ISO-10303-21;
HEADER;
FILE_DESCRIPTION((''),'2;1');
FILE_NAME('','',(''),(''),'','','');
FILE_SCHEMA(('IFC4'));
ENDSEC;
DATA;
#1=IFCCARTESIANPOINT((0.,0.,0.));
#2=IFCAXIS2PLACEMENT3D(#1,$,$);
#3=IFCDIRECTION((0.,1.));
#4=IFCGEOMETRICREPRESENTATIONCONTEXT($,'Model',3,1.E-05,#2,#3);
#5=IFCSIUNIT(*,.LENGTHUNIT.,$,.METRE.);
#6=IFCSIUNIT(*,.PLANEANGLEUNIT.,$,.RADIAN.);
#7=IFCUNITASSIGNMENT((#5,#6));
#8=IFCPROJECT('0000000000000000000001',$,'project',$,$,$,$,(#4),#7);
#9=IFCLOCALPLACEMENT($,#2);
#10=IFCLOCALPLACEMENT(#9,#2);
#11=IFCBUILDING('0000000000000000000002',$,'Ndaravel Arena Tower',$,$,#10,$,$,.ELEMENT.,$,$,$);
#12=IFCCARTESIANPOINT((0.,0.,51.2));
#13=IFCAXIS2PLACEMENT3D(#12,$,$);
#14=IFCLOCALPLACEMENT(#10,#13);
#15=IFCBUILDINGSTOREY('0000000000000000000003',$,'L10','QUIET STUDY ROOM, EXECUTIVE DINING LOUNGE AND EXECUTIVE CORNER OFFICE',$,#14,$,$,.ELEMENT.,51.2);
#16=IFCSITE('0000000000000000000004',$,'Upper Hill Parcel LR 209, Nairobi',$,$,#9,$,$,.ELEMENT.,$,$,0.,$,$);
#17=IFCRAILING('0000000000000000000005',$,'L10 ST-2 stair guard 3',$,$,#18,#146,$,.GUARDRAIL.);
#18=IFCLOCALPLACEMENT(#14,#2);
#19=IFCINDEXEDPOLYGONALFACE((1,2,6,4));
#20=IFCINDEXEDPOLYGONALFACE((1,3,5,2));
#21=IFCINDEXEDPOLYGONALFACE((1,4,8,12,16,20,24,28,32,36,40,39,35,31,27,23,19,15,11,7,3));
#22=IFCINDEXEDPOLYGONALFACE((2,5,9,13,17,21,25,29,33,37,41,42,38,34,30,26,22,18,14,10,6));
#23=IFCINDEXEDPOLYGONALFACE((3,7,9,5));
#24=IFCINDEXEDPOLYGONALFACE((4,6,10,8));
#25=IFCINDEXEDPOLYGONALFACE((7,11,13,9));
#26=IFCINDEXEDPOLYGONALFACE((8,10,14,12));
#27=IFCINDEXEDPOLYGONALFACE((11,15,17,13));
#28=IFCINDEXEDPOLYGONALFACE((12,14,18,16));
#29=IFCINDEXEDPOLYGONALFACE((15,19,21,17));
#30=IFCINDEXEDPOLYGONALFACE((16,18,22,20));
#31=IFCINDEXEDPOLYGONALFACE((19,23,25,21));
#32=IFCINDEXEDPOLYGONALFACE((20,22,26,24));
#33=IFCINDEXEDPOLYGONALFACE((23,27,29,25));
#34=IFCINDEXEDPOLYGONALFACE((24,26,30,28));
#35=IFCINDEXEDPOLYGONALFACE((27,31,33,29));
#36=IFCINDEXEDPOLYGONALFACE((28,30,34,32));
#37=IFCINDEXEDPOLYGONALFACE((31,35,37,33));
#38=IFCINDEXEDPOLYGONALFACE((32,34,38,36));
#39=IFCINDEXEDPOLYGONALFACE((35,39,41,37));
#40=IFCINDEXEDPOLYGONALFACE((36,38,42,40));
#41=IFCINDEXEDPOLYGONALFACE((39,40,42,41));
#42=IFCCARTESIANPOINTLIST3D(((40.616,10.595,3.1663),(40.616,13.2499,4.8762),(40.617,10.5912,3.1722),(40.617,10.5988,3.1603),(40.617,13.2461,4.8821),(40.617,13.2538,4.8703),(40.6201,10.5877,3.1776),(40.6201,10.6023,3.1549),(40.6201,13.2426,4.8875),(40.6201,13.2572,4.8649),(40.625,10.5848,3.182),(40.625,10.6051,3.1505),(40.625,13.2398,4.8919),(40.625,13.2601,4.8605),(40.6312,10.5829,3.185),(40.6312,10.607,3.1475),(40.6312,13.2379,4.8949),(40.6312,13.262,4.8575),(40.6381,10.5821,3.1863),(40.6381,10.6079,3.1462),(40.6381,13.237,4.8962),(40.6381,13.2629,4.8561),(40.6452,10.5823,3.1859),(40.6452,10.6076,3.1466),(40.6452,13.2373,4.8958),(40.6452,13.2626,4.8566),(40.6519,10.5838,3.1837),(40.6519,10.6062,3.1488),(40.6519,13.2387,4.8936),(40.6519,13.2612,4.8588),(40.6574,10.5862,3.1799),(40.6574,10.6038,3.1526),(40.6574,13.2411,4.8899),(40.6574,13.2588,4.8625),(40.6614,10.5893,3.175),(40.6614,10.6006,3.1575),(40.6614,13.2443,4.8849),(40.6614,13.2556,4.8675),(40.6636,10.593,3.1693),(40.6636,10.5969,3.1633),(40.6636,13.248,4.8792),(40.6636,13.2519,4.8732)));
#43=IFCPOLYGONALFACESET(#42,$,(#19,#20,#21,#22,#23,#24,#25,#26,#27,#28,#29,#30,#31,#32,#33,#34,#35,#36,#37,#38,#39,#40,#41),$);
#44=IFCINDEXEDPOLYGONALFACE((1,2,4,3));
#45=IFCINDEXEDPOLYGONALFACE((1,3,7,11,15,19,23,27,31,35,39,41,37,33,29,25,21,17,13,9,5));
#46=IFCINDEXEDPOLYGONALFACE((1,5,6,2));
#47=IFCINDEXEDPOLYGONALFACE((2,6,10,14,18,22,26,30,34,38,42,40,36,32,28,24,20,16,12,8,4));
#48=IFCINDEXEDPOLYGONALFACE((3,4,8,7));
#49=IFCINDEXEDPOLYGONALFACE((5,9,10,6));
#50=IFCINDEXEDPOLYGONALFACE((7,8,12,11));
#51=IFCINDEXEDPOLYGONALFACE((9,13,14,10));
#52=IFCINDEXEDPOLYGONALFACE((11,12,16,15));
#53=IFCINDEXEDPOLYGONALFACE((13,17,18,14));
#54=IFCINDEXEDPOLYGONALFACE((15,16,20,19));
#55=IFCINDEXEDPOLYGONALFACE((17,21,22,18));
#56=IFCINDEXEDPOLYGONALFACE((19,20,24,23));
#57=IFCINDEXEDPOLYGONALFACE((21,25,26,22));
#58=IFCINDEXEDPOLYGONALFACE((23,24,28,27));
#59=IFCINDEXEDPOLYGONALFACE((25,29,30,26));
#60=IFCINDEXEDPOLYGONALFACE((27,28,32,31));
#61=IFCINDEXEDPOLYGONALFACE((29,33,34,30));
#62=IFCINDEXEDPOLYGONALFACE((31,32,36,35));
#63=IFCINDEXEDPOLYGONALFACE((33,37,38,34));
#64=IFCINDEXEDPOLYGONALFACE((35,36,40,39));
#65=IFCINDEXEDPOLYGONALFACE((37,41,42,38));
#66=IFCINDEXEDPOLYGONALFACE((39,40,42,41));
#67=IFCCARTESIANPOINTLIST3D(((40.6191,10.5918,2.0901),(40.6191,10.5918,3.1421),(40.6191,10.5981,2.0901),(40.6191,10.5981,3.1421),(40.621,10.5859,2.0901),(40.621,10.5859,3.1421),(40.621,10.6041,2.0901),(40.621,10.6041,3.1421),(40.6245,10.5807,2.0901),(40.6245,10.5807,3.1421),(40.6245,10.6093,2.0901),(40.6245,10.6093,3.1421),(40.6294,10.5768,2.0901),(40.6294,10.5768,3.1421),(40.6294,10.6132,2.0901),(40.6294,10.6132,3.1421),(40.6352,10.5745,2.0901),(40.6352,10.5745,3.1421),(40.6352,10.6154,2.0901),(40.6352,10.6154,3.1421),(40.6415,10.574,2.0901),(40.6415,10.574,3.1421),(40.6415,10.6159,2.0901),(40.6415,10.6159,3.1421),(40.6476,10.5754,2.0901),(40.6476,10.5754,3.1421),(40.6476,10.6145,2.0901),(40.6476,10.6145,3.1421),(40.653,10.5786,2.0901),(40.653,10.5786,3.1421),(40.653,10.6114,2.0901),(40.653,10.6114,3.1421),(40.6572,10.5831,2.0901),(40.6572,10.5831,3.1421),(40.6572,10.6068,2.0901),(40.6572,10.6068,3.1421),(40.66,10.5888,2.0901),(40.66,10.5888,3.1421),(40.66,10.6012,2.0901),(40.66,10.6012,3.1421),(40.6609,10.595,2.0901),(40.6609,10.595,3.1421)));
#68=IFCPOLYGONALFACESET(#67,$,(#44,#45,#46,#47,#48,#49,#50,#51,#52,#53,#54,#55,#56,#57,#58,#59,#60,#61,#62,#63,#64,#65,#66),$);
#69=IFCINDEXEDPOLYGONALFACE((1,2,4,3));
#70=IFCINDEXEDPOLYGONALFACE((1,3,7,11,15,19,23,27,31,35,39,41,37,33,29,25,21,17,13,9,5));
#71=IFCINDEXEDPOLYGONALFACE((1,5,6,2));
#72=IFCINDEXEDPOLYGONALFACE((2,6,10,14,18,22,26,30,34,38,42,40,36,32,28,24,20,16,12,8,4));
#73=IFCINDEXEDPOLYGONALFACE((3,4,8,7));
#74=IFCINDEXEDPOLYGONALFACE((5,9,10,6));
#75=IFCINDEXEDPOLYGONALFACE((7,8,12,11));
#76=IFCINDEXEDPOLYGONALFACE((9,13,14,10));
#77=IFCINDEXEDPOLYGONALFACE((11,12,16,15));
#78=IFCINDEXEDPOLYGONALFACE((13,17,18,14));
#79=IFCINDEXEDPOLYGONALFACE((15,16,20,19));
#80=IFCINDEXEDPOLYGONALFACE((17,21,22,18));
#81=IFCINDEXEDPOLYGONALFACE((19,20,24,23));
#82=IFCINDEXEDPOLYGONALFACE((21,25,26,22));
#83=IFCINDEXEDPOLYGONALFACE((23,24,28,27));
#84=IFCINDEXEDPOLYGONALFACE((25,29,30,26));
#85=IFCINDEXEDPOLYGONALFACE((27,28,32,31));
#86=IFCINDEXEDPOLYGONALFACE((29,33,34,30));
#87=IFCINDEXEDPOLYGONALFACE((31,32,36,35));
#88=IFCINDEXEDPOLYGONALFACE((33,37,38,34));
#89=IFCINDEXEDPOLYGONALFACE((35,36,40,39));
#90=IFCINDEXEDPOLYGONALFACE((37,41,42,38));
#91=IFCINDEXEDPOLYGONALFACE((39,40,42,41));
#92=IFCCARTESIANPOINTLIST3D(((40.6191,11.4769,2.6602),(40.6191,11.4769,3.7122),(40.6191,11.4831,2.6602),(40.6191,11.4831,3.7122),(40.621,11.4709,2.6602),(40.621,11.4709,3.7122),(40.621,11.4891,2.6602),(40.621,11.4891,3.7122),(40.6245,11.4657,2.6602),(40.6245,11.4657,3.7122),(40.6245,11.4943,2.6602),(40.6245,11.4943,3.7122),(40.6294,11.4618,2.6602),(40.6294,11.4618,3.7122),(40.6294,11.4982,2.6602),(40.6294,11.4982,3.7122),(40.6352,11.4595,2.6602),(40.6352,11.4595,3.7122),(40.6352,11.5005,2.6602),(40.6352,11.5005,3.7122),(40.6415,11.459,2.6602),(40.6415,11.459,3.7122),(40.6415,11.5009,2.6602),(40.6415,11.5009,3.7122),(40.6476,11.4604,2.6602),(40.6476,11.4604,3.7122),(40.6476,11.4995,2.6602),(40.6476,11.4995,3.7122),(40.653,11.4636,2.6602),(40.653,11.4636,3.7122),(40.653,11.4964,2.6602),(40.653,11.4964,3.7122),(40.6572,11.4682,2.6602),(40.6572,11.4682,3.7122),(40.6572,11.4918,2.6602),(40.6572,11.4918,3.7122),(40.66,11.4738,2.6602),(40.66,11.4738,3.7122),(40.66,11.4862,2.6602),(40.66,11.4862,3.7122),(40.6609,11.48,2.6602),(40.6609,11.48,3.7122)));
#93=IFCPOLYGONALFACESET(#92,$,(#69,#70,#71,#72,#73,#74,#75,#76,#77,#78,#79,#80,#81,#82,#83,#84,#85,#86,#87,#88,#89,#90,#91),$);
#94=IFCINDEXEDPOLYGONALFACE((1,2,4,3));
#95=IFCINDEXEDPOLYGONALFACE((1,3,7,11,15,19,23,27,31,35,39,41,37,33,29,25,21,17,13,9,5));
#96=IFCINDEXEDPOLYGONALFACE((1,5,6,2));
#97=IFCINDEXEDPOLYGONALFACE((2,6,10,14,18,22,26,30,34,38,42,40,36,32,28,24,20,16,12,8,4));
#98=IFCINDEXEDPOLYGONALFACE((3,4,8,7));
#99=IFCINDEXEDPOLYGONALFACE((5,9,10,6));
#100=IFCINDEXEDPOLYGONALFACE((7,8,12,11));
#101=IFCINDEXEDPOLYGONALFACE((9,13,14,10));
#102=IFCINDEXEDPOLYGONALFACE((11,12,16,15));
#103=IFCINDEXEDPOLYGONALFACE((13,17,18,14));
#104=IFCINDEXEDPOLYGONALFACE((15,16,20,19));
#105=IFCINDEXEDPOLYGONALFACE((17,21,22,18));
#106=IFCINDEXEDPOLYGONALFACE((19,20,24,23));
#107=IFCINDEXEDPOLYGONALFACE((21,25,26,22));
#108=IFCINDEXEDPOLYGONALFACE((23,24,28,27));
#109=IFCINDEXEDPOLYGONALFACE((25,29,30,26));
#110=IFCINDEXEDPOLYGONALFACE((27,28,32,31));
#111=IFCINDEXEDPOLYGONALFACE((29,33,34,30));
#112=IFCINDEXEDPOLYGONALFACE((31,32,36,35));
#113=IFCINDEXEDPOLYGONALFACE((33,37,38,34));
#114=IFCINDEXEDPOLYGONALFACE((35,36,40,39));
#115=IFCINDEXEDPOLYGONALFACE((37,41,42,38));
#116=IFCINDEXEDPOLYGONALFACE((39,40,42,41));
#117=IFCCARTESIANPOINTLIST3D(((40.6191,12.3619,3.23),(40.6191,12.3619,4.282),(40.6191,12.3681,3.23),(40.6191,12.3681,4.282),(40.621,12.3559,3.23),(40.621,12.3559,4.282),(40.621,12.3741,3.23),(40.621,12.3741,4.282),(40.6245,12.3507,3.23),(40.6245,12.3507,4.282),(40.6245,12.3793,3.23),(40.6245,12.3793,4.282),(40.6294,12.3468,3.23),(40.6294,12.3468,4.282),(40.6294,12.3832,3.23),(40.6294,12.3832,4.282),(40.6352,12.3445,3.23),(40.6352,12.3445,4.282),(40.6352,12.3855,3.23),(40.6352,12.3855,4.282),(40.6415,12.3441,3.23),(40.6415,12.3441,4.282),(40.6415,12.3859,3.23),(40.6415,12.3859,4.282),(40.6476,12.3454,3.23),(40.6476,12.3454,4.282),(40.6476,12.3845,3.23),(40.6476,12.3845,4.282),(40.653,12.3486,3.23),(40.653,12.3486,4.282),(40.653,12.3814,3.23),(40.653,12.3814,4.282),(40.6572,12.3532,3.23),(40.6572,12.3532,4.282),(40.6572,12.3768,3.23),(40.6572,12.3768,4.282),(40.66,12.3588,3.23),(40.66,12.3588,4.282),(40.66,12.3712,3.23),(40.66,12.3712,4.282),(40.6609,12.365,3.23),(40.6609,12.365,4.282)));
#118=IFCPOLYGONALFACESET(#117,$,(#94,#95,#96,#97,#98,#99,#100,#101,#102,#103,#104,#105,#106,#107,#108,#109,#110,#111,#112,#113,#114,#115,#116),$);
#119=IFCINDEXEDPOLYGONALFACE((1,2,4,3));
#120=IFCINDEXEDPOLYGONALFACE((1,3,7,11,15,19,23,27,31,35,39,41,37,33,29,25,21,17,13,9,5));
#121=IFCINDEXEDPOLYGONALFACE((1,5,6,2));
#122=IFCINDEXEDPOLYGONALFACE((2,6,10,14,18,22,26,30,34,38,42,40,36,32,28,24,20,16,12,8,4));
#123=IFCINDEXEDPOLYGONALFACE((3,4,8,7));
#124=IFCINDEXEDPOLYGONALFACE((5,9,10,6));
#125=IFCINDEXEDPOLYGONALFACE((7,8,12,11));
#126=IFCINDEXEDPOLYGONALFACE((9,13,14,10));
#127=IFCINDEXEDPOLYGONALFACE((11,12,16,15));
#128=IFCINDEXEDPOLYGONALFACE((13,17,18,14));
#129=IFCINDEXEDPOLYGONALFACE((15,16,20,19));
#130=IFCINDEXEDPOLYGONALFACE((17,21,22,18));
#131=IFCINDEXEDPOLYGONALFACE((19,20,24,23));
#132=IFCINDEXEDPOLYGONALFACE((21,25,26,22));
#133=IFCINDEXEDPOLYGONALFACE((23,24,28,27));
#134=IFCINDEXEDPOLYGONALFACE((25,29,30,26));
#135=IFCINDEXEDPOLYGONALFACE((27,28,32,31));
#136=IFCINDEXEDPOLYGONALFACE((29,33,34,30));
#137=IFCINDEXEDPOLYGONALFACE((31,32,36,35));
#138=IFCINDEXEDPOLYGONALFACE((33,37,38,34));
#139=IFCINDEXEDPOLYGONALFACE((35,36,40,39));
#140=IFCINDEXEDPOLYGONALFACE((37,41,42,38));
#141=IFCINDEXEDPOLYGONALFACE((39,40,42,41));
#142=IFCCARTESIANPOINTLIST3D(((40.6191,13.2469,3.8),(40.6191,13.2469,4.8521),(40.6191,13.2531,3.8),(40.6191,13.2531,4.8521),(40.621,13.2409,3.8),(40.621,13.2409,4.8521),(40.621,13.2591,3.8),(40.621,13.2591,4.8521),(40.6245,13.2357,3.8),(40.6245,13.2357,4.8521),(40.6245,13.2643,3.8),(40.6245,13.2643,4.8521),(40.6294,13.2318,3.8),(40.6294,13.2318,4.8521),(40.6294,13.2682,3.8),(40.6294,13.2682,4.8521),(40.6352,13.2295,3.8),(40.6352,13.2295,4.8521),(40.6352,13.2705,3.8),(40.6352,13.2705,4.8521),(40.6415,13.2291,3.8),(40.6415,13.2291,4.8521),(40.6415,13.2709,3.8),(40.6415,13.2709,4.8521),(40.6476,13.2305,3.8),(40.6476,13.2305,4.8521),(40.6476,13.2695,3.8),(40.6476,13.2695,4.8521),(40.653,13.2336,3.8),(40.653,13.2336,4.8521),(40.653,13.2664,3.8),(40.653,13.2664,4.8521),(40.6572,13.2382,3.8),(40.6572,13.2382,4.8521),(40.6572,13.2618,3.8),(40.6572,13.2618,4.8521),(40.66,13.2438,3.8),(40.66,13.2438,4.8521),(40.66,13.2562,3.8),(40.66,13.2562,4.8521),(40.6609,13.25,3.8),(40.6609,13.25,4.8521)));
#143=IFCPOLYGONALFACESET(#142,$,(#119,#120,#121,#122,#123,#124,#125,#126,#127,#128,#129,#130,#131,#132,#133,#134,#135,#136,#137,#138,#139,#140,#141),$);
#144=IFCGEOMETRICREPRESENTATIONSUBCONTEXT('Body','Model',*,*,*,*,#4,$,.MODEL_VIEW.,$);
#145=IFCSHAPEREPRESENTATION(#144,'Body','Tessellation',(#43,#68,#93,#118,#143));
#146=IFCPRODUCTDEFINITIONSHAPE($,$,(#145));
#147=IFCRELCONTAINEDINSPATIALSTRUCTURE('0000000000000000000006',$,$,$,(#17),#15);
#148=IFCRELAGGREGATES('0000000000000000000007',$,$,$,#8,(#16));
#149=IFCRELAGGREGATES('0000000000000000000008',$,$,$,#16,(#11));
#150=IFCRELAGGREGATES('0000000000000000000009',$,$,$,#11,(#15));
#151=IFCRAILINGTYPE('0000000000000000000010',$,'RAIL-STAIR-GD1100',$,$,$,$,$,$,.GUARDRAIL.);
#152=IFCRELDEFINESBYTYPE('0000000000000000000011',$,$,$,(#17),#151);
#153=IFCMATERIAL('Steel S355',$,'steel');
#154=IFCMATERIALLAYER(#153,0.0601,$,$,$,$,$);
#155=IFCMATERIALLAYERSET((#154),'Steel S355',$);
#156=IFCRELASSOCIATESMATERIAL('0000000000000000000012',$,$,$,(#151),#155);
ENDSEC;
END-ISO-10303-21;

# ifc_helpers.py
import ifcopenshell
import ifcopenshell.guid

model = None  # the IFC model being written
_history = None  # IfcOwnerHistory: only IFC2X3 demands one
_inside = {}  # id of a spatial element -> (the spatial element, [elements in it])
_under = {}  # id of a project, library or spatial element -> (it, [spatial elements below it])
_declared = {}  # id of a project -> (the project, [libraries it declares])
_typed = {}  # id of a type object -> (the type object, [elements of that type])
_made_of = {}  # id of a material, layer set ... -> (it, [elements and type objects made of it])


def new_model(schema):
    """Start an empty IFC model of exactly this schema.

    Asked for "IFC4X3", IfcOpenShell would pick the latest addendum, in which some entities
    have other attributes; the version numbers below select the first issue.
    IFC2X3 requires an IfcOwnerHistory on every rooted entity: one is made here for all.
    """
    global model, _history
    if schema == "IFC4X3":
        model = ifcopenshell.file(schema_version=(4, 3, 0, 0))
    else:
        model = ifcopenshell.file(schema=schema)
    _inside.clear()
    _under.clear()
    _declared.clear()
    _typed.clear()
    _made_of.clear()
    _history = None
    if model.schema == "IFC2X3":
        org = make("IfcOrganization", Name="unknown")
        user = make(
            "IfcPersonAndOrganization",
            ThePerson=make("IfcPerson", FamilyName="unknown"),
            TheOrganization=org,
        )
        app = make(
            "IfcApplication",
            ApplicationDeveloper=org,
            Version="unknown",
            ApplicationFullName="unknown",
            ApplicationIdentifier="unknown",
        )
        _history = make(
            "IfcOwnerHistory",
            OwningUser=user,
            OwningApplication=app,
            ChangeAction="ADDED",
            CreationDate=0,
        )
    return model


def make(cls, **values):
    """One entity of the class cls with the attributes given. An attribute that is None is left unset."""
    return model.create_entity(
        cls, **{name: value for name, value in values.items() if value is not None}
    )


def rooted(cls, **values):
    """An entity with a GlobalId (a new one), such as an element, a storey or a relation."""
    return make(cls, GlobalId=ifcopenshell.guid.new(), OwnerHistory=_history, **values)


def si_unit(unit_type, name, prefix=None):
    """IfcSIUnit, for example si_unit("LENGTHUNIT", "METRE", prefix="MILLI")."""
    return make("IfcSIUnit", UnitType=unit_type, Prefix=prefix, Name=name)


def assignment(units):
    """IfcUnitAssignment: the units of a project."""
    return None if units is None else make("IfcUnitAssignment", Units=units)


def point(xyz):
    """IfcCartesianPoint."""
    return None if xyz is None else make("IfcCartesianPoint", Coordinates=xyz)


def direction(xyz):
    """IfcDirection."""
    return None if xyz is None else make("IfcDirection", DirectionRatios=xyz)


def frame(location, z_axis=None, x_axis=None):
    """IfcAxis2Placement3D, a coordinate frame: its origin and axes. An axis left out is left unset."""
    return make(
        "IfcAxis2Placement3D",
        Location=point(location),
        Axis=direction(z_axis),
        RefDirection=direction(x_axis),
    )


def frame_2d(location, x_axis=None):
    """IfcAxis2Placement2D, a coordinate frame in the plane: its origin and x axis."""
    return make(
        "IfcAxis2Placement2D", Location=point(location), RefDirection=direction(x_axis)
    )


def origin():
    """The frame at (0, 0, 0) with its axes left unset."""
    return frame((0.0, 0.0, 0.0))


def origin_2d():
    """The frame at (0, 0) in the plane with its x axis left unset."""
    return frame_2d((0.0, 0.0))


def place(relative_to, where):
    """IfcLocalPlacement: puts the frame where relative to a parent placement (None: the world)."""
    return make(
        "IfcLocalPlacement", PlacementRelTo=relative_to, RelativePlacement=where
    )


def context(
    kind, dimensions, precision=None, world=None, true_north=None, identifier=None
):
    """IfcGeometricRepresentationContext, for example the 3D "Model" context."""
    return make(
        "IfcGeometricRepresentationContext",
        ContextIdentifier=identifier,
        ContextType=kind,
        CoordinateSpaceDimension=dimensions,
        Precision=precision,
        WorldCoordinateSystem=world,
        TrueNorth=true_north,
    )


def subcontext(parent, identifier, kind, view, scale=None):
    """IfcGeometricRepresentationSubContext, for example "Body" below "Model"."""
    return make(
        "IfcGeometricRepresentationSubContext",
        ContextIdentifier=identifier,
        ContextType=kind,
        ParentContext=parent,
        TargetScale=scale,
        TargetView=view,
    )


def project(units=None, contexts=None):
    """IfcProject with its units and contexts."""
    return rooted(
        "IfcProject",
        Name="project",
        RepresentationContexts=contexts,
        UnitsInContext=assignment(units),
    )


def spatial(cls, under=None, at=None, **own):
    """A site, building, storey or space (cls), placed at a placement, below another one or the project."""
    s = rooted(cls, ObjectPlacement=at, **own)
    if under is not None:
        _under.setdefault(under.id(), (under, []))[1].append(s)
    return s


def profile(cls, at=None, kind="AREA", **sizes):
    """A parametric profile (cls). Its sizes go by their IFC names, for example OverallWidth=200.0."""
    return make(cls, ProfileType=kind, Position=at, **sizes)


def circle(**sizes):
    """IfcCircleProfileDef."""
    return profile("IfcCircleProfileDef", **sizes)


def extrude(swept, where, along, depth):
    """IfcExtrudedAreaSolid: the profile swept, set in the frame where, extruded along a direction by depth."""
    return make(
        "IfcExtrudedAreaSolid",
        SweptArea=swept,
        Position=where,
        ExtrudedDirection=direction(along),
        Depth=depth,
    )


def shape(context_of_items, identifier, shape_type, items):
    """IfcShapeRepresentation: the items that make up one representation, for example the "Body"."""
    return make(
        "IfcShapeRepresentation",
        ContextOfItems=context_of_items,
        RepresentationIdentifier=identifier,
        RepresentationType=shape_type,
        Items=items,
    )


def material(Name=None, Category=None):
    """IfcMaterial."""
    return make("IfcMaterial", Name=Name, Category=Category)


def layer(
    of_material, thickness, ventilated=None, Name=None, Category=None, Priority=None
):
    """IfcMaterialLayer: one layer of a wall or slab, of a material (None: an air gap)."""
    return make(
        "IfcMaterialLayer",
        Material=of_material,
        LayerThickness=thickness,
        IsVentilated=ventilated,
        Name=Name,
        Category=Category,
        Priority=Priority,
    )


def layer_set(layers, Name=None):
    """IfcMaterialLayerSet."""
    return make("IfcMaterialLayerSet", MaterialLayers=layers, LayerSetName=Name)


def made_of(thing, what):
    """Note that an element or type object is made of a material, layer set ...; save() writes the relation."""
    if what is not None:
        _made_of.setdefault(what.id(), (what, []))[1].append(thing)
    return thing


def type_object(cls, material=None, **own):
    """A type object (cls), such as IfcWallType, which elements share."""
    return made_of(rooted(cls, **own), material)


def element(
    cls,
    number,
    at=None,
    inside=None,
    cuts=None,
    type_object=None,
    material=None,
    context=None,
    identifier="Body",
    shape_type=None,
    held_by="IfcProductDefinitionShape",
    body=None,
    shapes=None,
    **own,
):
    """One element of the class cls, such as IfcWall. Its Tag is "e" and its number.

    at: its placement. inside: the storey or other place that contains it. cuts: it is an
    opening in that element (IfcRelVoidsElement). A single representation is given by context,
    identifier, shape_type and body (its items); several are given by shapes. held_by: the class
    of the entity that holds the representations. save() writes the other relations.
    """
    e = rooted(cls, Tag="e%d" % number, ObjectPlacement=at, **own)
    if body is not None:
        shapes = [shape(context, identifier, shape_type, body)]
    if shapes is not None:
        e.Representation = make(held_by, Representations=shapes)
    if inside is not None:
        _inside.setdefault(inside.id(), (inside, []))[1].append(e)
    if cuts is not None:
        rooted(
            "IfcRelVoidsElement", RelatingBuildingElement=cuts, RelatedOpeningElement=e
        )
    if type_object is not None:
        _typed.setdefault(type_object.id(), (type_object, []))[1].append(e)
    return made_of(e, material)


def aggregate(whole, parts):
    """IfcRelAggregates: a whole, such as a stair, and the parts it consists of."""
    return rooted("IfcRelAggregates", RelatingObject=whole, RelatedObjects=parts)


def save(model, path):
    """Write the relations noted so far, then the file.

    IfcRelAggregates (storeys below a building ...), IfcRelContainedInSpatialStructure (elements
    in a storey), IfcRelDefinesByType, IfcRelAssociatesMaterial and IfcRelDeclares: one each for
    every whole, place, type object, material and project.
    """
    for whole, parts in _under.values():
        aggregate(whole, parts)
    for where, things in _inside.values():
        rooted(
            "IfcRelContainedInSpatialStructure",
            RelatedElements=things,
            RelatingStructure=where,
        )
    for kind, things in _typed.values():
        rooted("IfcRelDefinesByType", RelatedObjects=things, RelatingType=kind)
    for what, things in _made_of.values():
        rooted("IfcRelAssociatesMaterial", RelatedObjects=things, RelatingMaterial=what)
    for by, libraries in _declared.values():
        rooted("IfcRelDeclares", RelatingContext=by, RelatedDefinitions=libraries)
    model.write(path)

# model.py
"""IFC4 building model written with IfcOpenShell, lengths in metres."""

from ifc_helpers import new_model, si_unit, direction, frame, origin, origin_2d, place, context, subcontext, project, spatial, circle, extrude, material, layer, layer_set, type_object, element, save


model = new_model("IFC4")

# Units and contexts
model_context = context("Model", 3, precision=1e-05, world=origin(), true_north=direction((0.0, 1.0)))
body_context = subcontext(model_context, "Body", "Model", "MODEL_VIEW")
ifc_project = project(units=[si_unit("LENGTHUNIT", "METRE"), si_unit("PLANEANGLEUNIT", "RADIAN")], contexts=[model_context])

# Site, building, storey
site_placement = place(None, origin())
site = spatial("IfcSite", under=ifc_project, at=site_placement, Name="Upper Hill Parcel LR 209, Nairobi", CompositionType="ELEMENT", RefElevation=0.0)
building_placement = place(site_placement, origin())
building = spatial("IfcBuilding", under=site, at=building_placement, Name="Ndaravel Arena Tower", CompositionType="ELEMENT")
storey_placement = place(building_placement, frame((0.0, 0.0, 51.2)))
storey = spatial("IfcBuildingStorey", under=building, at=storey_placement, Name="L10", Description="QUIET STUDY ROOM, EXECUTIVE DINING LOUNGE AND EXECUTIVE CORNER OFFICE", CompositionType="ELEMENT", Elevation=51.2)

# Railing
ifc_material_1 = material(Name="Steel S355", Category="steel")
ifc_layer_1 = layer(ifc_material_1, 0.0601)
ifc_layer_set_1 = layer_set([ifc_layer_1], Name="Steel S355")
railing_type_1 = type_object("IfcRailingType", Name="RAIL-STAIR-GD1100", PredefinedType="GUARDRAIL", material=ifc_layer_set_1)
railing_1_placement = place(storey_placement, frame((40.6399, 10.595, 2.0901)))
element("IfcRailing", 1, at=railing_1_placement, inside=storey, type_object=railing_type_1, Name="L10 ST-2 stair guard 3", PredefinedType="GUARDRAIL", context=body_context, shape_type="SweptSolid", body=[
    extrude(circle(Radius=0.0239, at=origin_2d()), frame((0.0, 0.0, 1.0762), z_axis=(0.0, 0.840724, 0.541465), x_axis=(-1.0, 0.0, 0.0)), (0.0, 0.0, 1.0), 3.158),
    extrude(circle(Radius=0.021, at=origin_2d()), origin(), (0.0, 0.0, 1.0), 1.052),
    extrude(circle(Radius=0.021, at=origin_2d()), frame((0.0, 0.885, 0.5701)), (0.0, 0.0, 1.0), 1.052),
    extrude(circle(Radius=0.021, at=origin_2d()), frame((0.0, 1.77, 1.1399)), (0.0, 0.0, 1.0), 1.052),
    extrude(circle(Radius=0.021, at=origin_2d()), frame((0.0, 2.655, 1.71)), (0.0, 0.0, 1.0), 1.052),
])

save(model, "model.ifc")
